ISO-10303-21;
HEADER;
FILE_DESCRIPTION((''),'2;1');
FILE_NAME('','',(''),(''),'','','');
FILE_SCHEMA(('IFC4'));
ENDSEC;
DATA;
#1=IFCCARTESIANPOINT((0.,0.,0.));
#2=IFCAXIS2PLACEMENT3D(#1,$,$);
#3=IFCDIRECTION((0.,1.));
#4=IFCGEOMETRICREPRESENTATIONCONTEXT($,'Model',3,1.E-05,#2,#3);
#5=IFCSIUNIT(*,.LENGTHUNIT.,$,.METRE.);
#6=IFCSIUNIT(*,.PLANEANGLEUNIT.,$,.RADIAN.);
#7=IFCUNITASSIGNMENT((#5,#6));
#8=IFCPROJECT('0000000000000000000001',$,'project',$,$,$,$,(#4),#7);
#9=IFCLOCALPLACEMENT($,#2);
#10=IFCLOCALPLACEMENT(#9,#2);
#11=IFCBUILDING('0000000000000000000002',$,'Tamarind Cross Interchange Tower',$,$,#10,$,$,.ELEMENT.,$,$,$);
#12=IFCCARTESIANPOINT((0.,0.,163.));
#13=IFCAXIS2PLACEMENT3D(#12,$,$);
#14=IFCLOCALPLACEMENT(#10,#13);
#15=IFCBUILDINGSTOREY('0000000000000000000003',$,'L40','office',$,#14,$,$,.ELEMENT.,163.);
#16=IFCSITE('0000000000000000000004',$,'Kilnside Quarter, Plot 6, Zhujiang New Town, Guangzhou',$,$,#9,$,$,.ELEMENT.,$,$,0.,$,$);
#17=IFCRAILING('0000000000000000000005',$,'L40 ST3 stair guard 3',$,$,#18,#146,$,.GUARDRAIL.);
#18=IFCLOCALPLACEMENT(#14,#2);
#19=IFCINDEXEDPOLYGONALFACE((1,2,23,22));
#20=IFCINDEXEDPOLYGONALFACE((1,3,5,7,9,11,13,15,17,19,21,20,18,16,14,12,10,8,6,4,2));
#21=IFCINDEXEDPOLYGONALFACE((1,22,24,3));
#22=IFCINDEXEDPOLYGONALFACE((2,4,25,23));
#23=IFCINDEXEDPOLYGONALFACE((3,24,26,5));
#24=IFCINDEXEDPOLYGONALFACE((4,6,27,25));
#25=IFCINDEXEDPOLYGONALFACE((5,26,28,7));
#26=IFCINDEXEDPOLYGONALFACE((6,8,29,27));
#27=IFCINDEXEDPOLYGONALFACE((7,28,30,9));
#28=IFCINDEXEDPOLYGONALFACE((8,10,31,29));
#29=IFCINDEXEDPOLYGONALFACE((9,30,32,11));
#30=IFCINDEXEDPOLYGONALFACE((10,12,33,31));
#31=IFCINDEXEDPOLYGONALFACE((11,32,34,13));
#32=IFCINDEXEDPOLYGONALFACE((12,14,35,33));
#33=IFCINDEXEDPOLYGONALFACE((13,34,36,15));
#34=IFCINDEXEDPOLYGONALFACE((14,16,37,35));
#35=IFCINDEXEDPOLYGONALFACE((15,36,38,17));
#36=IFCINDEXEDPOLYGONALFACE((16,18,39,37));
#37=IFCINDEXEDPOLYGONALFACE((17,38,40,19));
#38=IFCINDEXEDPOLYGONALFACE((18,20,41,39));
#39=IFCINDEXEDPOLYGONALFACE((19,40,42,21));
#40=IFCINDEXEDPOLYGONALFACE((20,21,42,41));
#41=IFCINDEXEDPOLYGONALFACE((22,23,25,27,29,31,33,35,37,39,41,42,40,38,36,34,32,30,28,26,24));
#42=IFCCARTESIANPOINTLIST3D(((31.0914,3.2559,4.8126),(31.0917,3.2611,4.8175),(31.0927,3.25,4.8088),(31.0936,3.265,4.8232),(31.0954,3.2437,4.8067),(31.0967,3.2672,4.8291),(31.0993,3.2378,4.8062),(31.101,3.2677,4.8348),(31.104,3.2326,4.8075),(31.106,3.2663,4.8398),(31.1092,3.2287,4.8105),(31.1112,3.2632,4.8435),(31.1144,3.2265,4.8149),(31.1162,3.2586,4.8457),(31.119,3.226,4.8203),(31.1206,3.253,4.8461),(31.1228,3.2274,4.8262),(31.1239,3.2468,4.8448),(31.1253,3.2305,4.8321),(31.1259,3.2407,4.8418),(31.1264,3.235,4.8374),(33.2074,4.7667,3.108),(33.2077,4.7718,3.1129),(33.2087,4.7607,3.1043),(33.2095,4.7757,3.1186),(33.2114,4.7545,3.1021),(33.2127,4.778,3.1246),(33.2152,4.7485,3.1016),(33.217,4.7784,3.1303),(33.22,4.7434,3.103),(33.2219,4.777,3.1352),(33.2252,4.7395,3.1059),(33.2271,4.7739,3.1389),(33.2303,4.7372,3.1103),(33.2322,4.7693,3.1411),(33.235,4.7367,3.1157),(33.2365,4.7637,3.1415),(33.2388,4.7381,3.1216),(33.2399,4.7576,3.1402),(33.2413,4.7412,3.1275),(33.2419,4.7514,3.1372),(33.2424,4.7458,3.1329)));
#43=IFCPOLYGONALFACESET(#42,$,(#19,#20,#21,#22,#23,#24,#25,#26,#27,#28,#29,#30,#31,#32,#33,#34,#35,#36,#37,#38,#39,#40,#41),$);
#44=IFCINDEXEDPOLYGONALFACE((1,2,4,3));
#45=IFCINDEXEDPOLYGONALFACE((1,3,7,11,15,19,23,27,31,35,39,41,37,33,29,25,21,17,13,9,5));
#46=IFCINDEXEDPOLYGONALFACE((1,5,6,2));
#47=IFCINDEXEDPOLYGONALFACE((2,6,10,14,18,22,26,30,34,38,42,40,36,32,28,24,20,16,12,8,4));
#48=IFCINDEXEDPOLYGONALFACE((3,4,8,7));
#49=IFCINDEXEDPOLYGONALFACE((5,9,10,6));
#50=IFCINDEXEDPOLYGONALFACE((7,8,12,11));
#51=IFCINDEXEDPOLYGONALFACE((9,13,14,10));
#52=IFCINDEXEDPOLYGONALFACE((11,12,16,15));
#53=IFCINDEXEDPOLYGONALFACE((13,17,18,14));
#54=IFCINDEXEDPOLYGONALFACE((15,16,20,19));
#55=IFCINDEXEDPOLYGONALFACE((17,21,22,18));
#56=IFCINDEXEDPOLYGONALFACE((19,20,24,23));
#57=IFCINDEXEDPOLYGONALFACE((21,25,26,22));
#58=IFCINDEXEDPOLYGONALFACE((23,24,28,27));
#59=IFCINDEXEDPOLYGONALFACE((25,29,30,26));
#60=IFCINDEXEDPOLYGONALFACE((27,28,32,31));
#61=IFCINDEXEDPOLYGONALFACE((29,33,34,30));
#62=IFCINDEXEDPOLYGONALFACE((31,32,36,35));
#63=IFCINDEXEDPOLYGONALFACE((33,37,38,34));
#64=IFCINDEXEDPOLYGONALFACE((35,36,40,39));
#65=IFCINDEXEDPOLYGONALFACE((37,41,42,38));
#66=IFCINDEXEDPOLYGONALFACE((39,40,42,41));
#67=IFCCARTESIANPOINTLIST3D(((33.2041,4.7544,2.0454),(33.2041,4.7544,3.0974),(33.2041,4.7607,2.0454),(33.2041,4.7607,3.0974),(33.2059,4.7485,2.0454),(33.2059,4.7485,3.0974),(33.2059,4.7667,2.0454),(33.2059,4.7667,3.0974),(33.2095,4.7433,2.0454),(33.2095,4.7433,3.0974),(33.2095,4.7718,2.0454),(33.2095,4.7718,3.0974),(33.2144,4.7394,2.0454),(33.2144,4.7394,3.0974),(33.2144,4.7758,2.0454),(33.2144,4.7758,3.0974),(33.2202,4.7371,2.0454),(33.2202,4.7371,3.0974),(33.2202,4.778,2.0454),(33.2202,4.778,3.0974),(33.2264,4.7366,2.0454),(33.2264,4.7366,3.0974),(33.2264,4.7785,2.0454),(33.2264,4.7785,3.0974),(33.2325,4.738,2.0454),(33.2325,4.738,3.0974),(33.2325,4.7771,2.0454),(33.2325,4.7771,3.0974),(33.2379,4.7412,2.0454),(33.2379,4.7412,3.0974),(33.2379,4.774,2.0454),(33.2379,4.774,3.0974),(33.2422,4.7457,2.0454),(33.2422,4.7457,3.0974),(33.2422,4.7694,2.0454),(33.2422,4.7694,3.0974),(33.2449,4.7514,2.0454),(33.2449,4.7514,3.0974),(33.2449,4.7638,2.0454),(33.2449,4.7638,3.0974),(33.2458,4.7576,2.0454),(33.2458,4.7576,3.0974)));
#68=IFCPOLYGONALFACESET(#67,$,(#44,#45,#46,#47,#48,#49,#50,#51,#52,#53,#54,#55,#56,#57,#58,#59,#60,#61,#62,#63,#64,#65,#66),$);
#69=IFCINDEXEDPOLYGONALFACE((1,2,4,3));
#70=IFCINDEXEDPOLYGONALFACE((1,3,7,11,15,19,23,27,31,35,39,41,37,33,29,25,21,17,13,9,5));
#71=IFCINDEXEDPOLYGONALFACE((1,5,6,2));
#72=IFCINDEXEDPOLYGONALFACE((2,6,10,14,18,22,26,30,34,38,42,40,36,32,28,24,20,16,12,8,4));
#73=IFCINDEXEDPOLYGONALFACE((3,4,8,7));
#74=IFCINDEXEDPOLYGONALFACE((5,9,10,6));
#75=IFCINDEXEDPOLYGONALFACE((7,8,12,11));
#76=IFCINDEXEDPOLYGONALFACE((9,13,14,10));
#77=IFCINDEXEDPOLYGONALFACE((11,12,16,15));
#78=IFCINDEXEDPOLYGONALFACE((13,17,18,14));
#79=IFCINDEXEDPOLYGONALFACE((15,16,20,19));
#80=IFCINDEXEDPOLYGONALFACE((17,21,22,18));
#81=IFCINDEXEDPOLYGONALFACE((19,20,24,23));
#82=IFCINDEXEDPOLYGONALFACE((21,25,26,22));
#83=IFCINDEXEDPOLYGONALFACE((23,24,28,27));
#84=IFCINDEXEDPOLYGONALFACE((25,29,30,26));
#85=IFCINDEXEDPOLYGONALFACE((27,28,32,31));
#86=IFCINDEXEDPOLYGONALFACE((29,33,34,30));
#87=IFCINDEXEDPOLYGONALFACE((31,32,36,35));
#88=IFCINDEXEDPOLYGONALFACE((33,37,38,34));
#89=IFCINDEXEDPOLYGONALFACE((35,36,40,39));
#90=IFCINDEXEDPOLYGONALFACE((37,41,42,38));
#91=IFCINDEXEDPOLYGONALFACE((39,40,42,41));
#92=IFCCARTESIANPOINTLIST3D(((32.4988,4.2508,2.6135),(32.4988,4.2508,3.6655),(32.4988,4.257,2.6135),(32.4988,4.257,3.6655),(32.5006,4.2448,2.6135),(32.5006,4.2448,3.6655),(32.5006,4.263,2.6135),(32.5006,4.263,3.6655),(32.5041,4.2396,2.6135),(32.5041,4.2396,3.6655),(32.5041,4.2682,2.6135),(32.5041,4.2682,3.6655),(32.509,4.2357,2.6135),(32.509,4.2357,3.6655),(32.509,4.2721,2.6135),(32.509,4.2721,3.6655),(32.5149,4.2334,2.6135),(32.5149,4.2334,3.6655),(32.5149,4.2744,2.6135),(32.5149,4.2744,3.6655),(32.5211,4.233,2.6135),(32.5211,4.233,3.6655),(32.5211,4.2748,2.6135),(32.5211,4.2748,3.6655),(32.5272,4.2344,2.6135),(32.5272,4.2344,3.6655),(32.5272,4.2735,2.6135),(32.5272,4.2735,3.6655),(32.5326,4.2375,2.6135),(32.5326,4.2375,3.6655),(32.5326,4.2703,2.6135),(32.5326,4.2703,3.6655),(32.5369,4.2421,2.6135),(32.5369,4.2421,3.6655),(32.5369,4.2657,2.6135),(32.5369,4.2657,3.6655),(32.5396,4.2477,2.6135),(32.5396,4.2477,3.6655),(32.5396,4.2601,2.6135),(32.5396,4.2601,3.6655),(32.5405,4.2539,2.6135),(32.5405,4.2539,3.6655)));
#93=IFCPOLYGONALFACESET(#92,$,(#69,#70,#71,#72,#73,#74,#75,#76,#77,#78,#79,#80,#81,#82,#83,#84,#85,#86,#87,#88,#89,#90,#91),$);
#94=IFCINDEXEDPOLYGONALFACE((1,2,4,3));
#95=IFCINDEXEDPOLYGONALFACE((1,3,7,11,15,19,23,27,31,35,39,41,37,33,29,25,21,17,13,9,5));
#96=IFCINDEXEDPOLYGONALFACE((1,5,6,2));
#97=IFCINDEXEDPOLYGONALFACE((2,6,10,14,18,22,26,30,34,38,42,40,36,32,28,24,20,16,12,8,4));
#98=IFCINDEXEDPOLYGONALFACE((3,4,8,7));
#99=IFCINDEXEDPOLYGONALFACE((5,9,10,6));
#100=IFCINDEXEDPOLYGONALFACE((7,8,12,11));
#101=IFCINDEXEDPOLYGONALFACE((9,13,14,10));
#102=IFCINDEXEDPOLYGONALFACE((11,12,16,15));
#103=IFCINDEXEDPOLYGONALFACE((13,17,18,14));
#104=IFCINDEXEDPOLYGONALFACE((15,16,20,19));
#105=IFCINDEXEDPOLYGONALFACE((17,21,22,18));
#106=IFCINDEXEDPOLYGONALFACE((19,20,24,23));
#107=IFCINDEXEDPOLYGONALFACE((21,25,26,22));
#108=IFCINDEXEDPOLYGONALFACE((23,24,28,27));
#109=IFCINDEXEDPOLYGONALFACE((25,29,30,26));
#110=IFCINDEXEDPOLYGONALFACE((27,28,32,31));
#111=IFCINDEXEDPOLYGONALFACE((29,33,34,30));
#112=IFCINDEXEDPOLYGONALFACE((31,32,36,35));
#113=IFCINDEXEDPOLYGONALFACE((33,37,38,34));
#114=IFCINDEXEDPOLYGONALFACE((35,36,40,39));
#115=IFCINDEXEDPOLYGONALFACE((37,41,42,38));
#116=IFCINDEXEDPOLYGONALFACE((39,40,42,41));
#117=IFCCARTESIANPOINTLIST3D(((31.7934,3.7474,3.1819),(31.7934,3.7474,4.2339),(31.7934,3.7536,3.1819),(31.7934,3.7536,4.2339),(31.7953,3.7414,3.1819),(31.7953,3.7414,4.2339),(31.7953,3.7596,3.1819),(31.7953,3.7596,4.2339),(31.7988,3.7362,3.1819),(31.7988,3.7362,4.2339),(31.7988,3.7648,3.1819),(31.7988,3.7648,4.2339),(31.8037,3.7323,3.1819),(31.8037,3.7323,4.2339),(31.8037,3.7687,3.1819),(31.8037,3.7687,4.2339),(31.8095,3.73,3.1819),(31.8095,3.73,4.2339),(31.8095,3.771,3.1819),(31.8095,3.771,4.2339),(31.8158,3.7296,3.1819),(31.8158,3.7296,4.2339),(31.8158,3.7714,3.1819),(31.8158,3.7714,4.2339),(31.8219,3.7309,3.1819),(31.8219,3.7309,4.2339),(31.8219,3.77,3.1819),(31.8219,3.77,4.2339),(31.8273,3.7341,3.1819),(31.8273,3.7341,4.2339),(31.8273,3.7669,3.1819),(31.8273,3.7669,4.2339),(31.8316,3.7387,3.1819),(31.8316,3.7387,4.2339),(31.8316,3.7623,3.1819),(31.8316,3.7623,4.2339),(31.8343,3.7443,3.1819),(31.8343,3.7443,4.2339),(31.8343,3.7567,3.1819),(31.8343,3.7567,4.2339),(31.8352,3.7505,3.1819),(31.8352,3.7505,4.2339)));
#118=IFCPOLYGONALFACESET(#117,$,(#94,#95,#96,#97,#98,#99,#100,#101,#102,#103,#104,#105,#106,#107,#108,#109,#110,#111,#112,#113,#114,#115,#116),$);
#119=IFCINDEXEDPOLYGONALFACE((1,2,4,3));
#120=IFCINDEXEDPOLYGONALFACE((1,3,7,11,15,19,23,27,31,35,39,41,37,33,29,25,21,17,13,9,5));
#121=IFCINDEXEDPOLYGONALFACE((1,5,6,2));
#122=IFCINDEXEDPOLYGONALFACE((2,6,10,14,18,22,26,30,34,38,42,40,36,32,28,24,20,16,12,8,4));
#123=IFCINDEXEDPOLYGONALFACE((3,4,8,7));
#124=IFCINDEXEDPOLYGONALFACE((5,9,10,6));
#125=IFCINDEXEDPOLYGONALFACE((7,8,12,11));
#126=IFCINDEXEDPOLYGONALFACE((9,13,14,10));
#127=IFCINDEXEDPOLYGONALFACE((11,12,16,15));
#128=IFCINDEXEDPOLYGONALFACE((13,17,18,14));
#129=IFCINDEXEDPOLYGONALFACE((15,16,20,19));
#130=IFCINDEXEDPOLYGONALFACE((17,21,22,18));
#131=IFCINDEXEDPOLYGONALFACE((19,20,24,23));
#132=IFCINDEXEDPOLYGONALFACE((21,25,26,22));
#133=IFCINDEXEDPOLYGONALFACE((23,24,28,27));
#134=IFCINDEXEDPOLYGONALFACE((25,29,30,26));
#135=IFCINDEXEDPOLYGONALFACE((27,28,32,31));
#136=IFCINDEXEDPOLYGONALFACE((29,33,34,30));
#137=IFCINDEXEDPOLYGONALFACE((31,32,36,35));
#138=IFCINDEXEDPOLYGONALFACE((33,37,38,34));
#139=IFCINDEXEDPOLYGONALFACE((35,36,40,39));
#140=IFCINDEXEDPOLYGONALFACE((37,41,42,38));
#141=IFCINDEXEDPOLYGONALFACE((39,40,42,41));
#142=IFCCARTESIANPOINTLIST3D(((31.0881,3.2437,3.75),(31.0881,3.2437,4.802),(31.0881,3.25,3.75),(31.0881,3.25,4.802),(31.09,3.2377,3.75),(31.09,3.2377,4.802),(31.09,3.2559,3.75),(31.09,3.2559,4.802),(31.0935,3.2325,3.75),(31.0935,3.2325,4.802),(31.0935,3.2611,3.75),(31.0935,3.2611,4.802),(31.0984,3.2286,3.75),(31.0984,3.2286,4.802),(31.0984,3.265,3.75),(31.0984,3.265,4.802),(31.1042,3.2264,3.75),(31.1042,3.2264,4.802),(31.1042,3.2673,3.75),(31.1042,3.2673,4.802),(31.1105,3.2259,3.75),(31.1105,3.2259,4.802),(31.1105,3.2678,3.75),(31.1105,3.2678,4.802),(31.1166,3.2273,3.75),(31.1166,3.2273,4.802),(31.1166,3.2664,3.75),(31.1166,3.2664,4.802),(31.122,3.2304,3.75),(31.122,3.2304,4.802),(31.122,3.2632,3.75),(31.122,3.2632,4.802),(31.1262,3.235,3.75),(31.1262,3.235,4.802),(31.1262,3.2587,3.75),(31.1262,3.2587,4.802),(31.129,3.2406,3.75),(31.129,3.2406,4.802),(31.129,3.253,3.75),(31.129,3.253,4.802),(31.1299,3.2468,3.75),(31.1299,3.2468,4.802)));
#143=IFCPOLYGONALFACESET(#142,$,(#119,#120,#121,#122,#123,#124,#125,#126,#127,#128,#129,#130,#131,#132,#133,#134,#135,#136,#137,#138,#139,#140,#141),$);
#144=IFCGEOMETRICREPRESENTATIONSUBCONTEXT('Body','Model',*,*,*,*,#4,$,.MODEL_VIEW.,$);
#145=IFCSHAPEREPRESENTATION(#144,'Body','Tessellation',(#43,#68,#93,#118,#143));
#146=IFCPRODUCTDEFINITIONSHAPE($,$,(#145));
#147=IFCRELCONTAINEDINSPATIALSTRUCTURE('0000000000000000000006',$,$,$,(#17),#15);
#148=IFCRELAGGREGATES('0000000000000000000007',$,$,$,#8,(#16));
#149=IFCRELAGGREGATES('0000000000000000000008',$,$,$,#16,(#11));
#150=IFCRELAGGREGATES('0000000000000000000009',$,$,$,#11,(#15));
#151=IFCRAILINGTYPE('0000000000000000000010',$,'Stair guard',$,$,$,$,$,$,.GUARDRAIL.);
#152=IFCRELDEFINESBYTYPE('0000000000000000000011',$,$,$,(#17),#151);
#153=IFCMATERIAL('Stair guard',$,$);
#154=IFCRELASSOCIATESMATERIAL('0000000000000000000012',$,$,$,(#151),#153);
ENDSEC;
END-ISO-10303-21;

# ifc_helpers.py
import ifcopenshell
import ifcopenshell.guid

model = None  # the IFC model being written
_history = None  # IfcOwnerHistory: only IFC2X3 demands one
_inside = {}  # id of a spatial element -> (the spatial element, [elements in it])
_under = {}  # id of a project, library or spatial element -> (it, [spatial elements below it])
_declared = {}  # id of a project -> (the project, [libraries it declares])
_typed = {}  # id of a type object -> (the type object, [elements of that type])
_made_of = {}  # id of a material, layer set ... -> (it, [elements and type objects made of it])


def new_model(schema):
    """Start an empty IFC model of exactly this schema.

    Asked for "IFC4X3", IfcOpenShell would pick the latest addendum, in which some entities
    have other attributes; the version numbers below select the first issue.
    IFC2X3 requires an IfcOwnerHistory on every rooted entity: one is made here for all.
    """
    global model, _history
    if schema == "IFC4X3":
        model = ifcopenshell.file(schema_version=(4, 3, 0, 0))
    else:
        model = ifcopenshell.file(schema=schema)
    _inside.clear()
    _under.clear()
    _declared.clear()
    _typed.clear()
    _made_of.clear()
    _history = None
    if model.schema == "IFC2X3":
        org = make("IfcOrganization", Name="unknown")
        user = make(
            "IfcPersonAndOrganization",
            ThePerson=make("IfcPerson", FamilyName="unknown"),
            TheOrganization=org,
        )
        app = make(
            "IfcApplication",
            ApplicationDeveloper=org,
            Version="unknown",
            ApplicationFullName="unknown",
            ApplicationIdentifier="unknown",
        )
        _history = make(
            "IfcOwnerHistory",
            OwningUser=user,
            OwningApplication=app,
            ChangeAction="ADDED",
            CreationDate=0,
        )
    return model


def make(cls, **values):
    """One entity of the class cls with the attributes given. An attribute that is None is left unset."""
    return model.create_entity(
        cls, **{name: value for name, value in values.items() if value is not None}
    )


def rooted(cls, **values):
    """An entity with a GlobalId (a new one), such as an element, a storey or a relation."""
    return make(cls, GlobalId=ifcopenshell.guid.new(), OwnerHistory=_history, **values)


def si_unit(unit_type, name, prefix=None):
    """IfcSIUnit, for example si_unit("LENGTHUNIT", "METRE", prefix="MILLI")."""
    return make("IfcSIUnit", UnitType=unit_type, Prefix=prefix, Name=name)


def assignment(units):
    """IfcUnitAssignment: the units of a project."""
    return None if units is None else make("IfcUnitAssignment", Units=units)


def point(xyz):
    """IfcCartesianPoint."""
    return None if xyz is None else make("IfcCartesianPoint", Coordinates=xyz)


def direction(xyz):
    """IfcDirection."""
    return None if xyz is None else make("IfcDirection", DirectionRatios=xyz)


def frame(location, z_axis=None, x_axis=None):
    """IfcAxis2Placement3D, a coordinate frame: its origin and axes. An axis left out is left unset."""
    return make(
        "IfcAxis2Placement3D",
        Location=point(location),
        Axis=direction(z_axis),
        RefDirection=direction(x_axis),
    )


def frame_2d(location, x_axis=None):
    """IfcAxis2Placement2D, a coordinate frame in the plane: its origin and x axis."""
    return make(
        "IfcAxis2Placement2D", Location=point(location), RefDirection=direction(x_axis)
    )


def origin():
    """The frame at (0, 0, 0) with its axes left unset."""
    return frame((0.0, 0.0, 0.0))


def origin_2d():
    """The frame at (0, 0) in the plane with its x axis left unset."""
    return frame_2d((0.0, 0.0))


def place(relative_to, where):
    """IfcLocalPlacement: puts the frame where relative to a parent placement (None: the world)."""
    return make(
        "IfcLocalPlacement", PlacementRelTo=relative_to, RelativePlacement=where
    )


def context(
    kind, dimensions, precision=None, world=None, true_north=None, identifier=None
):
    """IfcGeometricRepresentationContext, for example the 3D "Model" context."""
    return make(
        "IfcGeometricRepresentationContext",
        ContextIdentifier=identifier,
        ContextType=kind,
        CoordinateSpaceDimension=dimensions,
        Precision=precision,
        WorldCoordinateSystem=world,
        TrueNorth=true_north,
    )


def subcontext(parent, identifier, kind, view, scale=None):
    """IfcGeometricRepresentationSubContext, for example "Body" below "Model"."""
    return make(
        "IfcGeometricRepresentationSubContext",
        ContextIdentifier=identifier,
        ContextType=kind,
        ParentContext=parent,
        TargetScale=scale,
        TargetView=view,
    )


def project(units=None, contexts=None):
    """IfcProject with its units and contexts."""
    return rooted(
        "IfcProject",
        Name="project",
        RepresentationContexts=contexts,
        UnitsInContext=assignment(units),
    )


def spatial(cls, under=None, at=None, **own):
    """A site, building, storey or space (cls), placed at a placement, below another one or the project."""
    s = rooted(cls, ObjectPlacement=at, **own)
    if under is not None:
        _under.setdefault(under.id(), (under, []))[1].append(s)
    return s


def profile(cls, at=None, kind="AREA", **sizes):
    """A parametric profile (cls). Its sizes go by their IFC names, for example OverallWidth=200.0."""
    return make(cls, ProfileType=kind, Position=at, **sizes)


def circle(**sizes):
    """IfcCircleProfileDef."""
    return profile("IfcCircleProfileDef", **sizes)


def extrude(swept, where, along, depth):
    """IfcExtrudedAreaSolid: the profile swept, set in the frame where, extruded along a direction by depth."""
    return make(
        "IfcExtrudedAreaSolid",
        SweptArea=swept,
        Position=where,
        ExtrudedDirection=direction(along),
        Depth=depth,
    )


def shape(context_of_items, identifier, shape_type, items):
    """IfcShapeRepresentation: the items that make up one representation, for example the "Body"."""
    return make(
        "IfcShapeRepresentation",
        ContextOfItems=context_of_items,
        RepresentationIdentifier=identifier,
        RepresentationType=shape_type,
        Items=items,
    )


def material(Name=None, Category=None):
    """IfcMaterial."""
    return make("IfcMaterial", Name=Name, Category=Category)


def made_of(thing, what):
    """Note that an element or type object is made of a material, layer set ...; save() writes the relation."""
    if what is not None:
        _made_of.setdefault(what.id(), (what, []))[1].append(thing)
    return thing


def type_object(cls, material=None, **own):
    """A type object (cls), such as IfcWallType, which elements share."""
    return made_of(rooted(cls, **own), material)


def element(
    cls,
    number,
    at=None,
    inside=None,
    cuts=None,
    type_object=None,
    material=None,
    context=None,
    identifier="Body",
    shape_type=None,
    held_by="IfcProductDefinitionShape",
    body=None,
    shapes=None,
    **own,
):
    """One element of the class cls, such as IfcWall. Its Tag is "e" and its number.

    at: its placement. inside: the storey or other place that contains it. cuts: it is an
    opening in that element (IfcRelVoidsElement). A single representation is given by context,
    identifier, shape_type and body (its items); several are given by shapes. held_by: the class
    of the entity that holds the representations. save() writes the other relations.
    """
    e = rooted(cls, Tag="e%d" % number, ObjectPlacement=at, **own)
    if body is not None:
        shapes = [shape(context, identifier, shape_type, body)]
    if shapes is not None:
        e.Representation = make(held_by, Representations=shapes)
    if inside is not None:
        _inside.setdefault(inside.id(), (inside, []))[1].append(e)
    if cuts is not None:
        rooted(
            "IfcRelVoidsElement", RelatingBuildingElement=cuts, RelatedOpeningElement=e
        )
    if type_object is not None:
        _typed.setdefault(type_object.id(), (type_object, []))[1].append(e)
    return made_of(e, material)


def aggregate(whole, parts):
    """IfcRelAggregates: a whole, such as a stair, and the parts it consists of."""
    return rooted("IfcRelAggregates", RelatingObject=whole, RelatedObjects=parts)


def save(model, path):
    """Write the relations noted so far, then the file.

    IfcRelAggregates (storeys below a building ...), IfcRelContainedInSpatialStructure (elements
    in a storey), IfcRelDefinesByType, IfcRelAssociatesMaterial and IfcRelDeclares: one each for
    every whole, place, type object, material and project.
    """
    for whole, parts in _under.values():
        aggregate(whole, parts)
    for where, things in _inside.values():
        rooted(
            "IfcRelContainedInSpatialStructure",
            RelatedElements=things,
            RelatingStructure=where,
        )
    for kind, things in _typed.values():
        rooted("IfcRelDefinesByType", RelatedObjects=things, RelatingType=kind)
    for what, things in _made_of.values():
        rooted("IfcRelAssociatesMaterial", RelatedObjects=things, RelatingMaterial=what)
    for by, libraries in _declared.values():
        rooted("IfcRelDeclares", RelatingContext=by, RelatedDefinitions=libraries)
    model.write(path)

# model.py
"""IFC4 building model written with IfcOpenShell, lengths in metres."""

from ifc_helpers import new_model, si_unit, direction, frame, origin, origin_2d, place, context, subcontext, project, spatial, circle, extrude, material, type_object, element, save


model = new_model("IFC4")

# Units and contexts
model_context = context("Model", 3, precision=1e-05, world=origin(), true_north=direction((0.0, 1.0)))
body_context = subcontext(model_context, "Body", "Model", "MODEL_VIEW")
ifc_project = project(units=[si_unit("LENGTHUNIT", "METRE"), si_unit("PLANEANGLEUNIT", "RADIAN")], contexts=[model_context])

# Site, building, storey
site_placement = place(None, origin())
site = spatial("IfcSite", under=ifc_project, at=site_placement, Name="Kilnside Quarter, Plot 6, Zhujiang New Town, Guangzhou", CompositionType="ELEMENT", RefElevation=0.0)
building_placement = place(site_placement, origin())
building = spatial("IfcBuilding", under=site, at=building_placement, Name="Tamarind Cross Interchange Tower", CompositionType="ELEMENT")
storey_placement = place(building_placement, frame((0.0, 0.0, 163.0)))
storey = spatial("IfcBuildingStorey", under=building, at=storey_placement, Name="L40", Description="office", CompositionType="ELEMENT", Elevation=163.0)

# Railing
ifc_material_1 = material(Name="Stair guard")
railing_type_1 = type_object("IfcRailingType", Name="Stair guard", PredefinedType="GUARDRAIL", material=ifc_material_1)
railing_1_placement = place(storey_placement, frame((33.2249, 4.7576, 2.0454)))
element("IfcRailing", 1, at=railing_1_placement, inside=storey, type_object=railing_type_1, Name="L40 ST3 stair guard 3", PredefinedType="GUARDRAIL", context=body_context, shape_type="SweptSolid", body=[
    extrude(circle(Radius=0.0239, at=origin_2d()), frame((0.0, 0.0, 1.0762), z_axis=(-0.680615, -0.48594, 0.548293), x_axis=(0.581069, -0.813854, 0.0)), (0.0, 0.0, 1.0), 3.1089),
    extrude(circle(Radius=0.021, at=origin_2d()), origin(), (0.0, 0.0, 1.0), 1.052),
    extrude(circle(Radius=0.021, at=origin_2d()), frame((-0.7053, -0.5037, 0.5681)), (0.0, 0.0, 1.0), 1.052),
    extrude(circle(Radius=0.021, at=origin_2d()), frame((-1.4106, -1.0071, 1.1365)), (0.0, 0.0, 1.0), 1.052),
    extrude(circle(Radius=0.021, at=origin_2d()), frame((-2.116, -1.5107, 1.7046)), (0.0, 0.0, 1.0), 1.052),
])

save(model, "model.ifc")
